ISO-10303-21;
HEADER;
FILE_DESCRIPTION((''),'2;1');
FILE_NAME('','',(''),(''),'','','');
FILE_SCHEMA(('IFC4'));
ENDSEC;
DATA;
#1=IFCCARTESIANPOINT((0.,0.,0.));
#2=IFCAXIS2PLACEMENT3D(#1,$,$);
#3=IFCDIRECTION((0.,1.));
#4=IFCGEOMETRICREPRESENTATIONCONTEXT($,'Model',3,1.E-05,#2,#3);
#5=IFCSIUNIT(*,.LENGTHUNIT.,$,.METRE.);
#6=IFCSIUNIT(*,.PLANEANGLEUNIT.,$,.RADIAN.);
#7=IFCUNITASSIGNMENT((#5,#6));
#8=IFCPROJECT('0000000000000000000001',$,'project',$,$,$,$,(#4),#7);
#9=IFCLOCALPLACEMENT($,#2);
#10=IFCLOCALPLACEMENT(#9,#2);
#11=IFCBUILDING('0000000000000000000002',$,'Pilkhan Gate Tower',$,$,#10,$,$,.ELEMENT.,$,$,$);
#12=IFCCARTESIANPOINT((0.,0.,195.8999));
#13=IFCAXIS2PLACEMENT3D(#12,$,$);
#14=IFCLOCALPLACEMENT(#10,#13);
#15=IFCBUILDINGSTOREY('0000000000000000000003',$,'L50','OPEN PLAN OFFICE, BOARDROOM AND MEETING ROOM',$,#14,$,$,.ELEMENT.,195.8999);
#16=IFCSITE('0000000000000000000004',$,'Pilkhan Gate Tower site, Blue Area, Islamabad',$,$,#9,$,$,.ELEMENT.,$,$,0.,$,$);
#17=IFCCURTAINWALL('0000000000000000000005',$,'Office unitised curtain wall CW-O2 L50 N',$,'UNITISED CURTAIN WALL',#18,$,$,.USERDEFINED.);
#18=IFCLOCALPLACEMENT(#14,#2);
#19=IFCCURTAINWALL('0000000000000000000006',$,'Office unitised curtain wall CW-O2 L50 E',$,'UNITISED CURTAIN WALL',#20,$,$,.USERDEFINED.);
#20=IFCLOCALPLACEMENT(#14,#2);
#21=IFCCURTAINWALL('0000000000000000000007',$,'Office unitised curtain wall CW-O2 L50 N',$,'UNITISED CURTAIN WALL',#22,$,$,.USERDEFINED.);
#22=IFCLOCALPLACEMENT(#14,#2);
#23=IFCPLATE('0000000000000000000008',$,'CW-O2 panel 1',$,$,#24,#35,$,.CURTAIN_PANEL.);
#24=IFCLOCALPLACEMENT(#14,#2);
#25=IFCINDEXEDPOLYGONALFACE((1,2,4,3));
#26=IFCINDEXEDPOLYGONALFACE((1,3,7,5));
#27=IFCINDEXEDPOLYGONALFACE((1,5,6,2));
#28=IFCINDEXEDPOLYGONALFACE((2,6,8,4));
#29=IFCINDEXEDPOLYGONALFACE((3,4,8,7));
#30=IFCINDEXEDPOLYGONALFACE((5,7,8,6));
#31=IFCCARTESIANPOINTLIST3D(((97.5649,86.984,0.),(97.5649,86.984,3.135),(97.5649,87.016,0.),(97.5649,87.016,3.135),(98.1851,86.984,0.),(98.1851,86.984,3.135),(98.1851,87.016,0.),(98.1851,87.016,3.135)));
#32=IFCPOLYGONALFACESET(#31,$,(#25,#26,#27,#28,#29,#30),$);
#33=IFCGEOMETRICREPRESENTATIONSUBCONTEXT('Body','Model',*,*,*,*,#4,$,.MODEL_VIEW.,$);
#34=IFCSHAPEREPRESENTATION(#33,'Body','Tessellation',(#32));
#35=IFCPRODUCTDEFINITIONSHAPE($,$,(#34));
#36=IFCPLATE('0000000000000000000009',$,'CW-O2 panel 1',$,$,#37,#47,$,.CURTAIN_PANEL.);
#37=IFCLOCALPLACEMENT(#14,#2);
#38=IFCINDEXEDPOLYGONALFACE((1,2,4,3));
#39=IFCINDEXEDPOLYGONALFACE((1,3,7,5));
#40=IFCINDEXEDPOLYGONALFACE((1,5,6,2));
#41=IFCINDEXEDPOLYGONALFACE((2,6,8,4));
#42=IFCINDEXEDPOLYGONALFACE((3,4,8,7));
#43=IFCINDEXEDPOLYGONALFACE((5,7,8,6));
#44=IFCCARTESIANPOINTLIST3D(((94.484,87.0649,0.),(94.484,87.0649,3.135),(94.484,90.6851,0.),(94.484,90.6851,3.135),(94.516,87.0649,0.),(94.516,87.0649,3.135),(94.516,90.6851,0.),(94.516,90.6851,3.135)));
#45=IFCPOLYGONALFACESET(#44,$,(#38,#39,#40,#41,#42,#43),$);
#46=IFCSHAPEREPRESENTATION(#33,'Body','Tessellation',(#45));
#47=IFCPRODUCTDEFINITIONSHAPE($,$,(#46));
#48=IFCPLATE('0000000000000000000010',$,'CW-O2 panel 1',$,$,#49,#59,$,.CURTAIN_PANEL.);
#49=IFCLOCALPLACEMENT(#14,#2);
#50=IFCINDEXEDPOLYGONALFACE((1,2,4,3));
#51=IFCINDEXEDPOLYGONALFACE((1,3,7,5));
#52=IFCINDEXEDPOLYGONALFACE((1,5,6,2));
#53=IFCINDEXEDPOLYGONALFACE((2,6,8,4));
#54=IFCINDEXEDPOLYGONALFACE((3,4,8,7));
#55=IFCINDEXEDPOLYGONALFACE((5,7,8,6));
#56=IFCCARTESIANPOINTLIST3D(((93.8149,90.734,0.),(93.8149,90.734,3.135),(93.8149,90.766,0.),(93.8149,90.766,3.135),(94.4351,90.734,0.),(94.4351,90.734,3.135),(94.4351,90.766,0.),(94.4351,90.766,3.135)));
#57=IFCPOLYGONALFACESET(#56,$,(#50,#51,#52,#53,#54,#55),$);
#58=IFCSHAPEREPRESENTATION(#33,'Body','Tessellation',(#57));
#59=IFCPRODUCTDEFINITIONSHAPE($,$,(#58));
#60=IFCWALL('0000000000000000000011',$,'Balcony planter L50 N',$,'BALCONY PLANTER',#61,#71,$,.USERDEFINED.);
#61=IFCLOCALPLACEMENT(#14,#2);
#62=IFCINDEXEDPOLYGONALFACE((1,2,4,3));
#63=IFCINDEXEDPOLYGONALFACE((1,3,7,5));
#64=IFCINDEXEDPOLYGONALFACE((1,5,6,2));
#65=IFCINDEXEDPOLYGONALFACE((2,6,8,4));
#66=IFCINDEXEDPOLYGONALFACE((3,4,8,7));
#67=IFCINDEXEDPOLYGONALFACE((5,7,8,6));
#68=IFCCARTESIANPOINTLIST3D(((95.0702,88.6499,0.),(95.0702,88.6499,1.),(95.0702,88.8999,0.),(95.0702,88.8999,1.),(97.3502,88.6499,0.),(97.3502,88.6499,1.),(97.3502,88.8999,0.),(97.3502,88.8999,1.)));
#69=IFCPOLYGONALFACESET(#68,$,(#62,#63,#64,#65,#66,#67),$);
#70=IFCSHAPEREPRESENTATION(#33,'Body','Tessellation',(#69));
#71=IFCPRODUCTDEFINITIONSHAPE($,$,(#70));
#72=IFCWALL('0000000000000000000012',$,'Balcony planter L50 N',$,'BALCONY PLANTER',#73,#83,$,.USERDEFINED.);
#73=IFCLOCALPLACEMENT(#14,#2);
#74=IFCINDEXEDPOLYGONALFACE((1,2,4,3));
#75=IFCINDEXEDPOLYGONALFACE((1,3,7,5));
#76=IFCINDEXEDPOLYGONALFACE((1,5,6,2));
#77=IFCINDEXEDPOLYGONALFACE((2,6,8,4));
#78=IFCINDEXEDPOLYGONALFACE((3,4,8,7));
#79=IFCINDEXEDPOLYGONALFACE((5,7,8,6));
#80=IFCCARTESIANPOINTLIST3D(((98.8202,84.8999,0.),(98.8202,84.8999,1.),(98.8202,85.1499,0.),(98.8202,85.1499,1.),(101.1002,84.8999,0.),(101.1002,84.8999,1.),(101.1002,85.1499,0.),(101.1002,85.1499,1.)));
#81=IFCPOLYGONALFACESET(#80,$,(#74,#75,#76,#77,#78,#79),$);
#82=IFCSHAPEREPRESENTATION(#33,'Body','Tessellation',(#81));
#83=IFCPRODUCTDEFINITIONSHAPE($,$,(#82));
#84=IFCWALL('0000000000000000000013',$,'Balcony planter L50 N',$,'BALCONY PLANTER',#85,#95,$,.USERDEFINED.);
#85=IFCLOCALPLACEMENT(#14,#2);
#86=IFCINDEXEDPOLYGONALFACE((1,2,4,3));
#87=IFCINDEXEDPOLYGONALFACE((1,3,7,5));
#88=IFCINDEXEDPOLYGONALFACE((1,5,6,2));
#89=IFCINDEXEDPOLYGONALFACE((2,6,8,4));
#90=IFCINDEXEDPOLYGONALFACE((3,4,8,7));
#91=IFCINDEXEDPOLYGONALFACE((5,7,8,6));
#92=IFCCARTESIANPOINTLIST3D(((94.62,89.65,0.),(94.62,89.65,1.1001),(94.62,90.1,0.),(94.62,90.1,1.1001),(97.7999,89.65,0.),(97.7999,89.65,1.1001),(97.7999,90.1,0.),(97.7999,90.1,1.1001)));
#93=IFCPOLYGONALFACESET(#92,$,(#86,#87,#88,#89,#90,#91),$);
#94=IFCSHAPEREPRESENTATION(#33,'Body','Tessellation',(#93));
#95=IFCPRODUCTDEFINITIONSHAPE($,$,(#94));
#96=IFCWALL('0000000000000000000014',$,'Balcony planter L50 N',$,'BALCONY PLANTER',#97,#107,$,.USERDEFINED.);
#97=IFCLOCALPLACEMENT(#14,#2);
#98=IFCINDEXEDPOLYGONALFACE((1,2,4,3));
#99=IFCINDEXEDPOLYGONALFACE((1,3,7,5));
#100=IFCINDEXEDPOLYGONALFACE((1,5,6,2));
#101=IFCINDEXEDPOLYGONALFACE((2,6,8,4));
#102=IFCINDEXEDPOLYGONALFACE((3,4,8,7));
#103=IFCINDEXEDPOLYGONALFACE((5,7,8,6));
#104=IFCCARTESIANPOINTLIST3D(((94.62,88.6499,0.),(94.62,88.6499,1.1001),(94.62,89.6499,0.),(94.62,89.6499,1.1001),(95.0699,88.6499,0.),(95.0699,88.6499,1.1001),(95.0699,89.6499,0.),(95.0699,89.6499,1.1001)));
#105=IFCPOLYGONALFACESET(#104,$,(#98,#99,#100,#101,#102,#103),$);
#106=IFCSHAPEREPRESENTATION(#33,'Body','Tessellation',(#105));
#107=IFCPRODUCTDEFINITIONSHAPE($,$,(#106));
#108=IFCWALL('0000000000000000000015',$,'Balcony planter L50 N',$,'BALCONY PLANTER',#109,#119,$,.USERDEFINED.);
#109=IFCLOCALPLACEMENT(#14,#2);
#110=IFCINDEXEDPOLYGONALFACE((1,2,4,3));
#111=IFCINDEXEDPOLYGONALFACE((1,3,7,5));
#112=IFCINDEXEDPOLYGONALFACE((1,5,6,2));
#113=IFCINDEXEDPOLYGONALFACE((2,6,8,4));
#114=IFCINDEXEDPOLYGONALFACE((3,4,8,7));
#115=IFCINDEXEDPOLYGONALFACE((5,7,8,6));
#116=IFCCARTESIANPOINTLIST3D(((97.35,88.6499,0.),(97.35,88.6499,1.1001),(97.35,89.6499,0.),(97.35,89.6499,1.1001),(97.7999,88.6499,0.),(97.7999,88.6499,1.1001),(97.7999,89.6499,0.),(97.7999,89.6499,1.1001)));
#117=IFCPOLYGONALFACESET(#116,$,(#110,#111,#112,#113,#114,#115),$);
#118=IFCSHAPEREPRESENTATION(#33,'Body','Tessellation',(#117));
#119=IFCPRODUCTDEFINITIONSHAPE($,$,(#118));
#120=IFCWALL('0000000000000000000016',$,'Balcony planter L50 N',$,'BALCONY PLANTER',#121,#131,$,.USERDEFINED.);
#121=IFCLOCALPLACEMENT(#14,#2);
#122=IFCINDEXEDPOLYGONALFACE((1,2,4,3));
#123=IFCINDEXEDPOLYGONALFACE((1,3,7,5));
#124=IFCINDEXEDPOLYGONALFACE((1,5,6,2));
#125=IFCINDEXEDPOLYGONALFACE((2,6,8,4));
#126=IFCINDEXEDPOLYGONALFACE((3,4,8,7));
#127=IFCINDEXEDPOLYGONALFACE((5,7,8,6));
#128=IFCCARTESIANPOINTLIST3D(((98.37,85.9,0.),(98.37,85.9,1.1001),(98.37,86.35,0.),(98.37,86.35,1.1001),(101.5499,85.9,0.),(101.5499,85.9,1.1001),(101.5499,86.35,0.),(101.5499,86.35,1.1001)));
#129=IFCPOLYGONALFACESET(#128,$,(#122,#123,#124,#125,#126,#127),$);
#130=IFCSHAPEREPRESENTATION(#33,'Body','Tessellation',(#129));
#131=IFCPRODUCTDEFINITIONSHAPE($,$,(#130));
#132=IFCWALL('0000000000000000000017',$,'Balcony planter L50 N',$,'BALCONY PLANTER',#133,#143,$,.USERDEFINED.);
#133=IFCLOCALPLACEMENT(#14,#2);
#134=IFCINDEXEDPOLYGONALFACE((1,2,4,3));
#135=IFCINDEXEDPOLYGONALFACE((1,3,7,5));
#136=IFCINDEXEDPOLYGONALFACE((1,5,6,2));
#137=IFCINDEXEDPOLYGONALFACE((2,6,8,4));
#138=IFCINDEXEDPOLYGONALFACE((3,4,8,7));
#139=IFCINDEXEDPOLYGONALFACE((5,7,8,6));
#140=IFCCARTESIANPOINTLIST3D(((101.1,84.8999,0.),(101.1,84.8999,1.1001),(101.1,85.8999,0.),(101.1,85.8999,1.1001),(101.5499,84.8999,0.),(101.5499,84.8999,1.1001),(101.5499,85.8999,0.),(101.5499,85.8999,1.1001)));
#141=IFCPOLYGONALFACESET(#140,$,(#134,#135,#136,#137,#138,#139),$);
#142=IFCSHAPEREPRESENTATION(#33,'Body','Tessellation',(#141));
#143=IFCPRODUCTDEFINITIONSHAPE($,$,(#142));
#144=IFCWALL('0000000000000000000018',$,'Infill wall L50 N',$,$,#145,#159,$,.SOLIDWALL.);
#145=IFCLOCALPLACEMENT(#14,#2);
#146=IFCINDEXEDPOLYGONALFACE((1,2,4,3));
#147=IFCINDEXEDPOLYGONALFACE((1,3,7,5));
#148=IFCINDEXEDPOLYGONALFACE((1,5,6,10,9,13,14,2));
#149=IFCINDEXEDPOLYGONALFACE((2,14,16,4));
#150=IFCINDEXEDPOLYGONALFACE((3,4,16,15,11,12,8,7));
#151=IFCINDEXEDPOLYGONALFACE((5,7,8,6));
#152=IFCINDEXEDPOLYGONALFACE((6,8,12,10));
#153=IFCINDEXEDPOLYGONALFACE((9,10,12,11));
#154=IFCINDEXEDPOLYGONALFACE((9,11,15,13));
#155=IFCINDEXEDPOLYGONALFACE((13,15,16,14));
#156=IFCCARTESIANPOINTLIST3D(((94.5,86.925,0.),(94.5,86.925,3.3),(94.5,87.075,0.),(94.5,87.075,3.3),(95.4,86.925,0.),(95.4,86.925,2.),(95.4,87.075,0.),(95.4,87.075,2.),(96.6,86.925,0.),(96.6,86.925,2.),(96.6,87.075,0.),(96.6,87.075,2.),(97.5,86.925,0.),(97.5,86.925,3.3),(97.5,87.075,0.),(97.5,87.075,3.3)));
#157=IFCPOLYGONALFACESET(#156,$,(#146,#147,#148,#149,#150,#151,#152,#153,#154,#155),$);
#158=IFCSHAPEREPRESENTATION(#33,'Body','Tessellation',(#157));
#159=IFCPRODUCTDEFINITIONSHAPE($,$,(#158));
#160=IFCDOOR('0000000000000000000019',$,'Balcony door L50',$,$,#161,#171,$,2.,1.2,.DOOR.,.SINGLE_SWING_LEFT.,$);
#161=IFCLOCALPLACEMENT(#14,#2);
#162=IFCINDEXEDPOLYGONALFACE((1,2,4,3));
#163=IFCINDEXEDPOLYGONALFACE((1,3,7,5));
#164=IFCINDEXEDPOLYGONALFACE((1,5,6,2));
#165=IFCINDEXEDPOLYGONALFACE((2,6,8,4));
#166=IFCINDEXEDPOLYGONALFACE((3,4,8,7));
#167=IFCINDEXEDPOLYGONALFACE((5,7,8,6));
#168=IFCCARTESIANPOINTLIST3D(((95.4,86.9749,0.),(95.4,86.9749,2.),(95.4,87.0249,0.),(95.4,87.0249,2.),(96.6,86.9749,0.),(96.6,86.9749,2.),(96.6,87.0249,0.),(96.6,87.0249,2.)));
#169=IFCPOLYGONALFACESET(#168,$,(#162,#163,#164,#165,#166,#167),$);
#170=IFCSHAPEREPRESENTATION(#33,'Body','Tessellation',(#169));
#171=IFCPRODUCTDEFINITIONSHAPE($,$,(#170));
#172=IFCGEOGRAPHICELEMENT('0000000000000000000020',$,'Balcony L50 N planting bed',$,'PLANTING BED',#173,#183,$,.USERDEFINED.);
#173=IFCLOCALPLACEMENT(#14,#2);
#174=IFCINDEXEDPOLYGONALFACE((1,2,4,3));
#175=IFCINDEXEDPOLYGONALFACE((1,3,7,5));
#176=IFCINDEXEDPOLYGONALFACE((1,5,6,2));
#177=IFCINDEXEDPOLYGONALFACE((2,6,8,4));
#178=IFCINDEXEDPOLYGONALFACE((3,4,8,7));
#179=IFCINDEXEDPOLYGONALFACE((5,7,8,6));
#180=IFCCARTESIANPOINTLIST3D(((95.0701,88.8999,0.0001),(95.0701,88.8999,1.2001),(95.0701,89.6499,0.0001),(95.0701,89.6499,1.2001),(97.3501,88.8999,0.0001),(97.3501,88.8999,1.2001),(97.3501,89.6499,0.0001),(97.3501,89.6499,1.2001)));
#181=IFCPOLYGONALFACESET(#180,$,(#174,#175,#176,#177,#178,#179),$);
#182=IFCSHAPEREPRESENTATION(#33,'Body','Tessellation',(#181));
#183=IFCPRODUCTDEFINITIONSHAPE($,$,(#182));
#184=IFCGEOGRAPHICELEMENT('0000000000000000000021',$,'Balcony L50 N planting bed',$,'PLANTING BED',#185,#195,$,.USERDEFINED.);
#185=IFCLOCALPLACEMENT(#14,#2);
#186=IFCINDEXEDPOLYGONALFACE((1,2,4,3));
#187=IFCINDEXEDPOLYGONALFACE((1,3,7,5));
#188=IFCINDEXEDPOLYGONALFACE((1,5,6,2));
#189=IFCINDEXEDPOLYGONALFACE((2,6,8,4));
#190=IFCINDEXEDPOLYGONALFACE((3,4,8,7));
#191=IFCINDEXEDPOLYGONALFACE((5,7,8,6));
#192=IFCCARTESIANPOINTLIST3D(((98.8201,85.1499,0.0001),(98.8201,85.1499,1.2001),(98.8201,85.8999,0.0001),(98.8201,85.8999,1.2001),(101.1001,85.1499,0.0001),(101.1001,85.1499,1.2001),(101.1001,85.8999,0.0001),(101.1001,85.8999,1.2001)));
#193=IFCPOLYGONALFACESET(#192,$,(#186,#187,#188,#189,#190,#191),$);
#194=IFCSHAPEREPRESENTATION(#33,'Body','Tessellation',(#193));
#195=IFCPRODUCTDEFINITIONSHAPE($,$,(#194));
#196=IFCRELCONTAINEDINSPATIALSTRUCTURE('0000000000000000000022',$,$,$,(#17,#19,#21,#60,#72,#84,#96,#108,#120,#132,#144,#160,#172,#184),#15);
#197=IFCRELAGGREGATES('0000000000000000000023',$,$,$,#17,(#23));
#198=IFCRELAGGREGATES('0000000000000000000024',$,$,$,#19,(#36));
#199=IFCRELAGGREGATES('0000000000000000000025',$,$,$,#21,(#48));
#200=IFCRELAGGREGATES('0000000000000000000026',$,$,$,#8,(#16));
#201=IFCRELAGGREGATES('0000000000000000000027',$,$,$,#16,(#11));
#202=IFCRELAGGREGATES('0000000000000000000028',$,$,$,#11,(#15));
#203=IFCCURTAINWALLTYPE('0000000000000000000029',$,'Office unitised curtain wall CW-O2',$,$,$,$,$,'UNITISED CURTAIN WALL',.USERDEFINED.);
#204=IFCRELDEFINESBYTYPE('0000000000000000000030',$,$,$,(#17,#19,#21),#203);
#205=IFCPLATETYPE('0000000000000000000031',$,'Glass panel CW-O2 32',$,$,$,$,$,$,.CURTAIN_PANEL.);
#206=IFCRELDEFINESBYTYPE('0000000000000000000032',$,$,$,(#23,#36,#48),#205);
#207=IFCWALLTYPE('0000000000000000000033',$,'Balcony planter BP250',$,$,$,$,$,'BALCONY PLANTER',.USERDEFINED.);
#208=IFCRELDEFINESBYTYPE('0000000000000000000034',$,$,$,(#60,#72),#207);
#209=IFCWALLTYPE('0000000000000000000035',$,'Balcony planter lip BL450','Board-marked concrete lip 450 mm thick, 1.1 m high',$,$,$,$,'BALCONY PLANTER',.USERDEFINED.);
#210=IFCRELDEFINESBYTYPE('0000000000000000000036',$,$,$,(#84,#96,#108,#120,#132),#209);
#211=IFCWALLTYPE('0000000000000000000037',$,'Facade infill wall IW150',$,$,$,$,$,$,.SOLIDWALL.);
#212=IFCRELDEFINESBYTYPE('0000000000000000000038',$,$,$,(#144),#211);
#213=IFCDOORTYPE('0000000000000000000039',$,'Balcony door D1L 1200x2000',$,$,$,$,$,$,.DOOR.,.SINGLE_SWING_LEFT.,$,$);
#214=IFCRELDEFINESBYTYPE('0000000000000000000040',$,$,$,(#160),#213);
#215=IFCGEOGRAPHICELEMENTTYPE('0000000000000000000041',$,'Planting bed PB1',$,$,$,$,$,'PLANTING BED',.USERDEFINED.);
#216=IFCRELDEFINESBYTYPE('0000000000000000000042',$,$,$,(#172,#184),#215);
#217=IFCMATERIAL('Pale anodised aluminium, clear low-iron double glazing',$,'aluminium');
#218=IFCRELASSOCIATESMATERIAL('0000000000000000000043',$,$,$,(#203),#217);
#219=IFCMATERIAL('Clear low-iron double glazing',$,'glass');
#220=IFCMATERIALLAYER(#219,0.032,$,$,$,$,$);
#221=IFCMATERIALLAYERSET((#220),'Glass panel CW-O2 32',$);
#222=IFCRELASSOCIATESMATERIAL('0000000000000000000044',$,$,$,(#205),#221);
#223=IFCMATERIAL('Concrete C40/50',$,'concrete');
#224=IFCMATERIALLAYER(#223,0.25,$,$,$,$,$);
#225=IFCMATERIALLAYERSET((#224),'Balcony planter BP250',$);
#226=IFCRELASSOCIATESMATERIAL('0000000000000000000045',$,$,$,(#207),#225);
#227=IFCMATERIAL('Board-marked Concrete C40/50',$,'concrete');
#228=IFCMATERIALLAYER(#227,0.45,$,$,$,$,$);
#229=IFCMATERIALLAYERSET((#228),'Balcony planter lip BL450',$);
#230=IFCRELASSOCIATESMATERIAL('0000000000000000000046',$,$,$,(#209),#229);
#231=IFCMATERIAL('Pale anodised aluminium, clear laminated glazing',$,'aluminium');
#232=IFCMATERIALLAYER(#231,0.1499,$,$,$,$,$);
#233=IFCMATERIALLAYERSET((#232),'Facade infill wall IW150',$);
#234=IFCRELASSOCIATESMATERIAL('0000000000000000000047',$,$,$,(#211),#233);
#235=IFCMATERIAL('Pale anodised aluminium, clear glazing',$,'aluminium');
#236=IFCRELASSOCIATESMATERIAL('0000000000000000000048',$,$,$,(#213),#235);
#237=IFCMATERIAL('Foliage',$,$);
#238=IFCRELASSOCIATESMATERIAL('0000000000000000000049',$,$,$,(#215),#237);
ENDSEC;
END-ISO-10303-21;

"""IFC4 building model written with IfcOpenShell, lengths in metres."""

from ifc_helpers import new_model, si_unit, direction, frame, frame_2d, origin, origin_2d, place, context, subcontext, project, spatial, rectangle, extrude, material, layer, layer_set, material_profile, profile_set, type_object, element, fill, aggregate, save


model = new_model("IFC4")

# Units and contexts
model_context = context("Model", 3, precision=1e-05, world=origin(), true_north=direction((0.0, 1.0)))
body_context = subcontext(model_context, "Body", "Model", "MODEL_VIEW")
ifc_project = project(units=[si_unit("LENGTHUNIT", "METRE"), si_unit("PLANEANGLEUNIT", "RADIAN")], contexts=[model_context])

# Site, building, storey
site_placement = place(None, origin())
site = spatial("IfcSite", under=ifc_project, at=site_placement, Name="Pilkhan Gate Tower site, Blue Area, Islamabad", CompositionType="ELEMENT", RefElevation=0.0)
building_placement = place(site_placement, origin())
building = spatial("IfcBuilding", under=site, at=building_placement, Name="Pilkhan Gate Tower", CompositionType="ELEMENT")
storey_placement = place(building_placement, frame((0.0, 0.0, 195.8999)))
storey = spatial("IfcBuildingStorey", under=building, at=storey_placement, Name="L50", Description="OPEN PLAN OFFICE, BOARDROOM AND MEETING ROOM", CompositionType="ELEMENT", Elevation=195.8999)

# Shared definitions
ifc_material_1 = material(Name="Pale anodised aluminium, clear low-iron double glazing", Category="aluminium")
curtain_wall_type = type_object("IfcCurtainWallType", Name="Office unitised curtain wall CW-O2", ElementType="UNITISED CURTAIN WALL", PredefinedType="USERDEFINED", material=ifc_material_1)

# Curtain walls
curtain_wall_1_placement = place(storey_placement, origin())
curtain_wall_1 = element("IfcCurtainWall", 1, at=curtain_wall_1_placement, inside=storey, type_object=curtain_wall_type, Name="Office unitised curtain wall CW-O2 L50 N", ObjectType="UNITISED CURTAIN WALL", PredefinedType="USERDEFINED")
curtain_wall_2_placement = place(storey_placement, origin())
curtain_wall_2 = element("IfcCurtainWall", 2, at=curtain_wall_2_placement, inside=storey, type_object=curtain_wall_type, Name="Office unitised curtain wall CW-O2 L50 E", ObjectType="UNITISED CURTAIN WALL", PredefinedType="USERDEFINED")

# Curtain wall
curtain_wall_3_placement = place(storey_placement, origin())
curtain_wall_3 = element("IfcCurtainWall", 3, at=curtain_wall_3_placement, inside=storey, type_object=curtain_wall_type, Name="Office unitised curtain wall CW-O2 L50 N", ObjectType="UNITISED CURTAIN WALL", PredefinedType="USERDEFINED")

# Plates
ifc_material_2 = material(Name="Clear low-iron double glazing", Category="glass")
ifc_layer_1 = layer(ifc_material_2, 0.032)
ifc_layer_set_1 = layer_set([ifc_layer_1], Name="Glass panel CW-O2 32")
plate_type = type_object("IfcPlateType", Name="Glass panel CW-O2 32", PredefinedType="CURTAIN_PANEL", material=ifc_layer_set_1)
plate_1_placement = place(storey_placement, frame((97.875, 87.0, 0.0), z_axis=(0.0, 0.0, 1.0), x_axis=(1.0, 0.0, 0.0)))
plate_1 = element("IfcPlate", 4, at=plate_1_placement, type_object=plate_type, Name="CW-O2 panel 1", PredefinedType="CURTAIN_PANEL", context=body_context, shape_type="SweptSolid", body=[
    extrude(rectangle(XDim=0.6201, YDim=0.032, at=origin_2d()), origin(), (0.0, 0.0, 1.0), 3.135),
])
aggregate(curtain_wall_1, [plate_1])
plate_2_placement = place(storey_placement, frame((94.5, 88.875, 0.0), z_axis=(0.0, 0.0, 1.0), x_axis=(0.0, 1.0, 0.0)))
plate_2 = element("IfcPlate", 5, at=plate_2_placement, type_object=plate_type, Name="CW-O2 panel 1", PredefinedType="CURTAIN_PANEL", context=body_context, shape_type="SweptSolid", body=[
    extrude(rectangle(XDim=3.6201, YDim=0.032, at=origin_2d()), origin(), (0.0, 0.0, 1.0), 3.135),
])
aggregate(curtain_wall_2, [plate_2])
plate_3_placement = place(storey_placement, frame((94.125, 90.75, 0.0), z_axis=(0.0, 0.0, 1.0), x_axis=(1.0, 0.0, 0.0)))
plate_3 = element("IfcPlate", 6, at=plate_3_placement, type_object=plate_type, Name="CW-O2 panel 1", PredefinedType="CURTAIN_PANEL", context=body_context, shape_type="SweptSolid", body=[
    extrude(rectangle(XDim=0.6201, YDim=0.032, at=origin_2d()), origin(), (0.0, 0.0, 1.0), 3.135),
])
aggregate(curtain_wall_3, [plate_3])

# Walls
ifc_material_3 = material(Name="Concrete C40/50", Category="concrete")
ifc_layer_2 = layer(ifc_material_3, 0.25)
ifc_layer_set_2 = layer_set([ifc_layer_2], Name="Balcony planter BP250")
wall_type_1 = type_object("IfcWallType", Name="Balcony planter BP250", ElementType="BALCONY PLANTER", PredefinedType="USERDEFINED", material=ifc_layer_set_2)
for number, where, z_axis, x_axis, name in (
    (7, (95.0701, 88.7749, 0.0), (0.0, 0.0, 1.0), (1.0, 0.0, 0.0), "Balcony planter L50 N"),
    (8, (98.8201, 85.0249, 0.0), (0.0, 0.0, 1.0), (1.0, 0.0, 0.0), "Balcony planter L50 N"),
):
    element("IfcWall", number, at=place(storey_placement, frame(where, z_axis=z_axis, x_axis=x_axis)), inside=storey, type_object=wall_type_1, Name=name, ObjectType="BALCONY PLANTER", PredefinedType="USERDEFINED", context=body_context, shape_type="SweptSolid", body=[
        extrude(rectangle(XDim=2.28, YDim=0.25, at=frame_2d((1.1401, 0.0))), origin(), (0.0, 0.0, 1.0), 1.0),
    ])
ifc_material_4 = material(Name="Board-marked Concrete C40/50", Category="concrete")
ifc_layer_3 = layer(ifc_material_4, 0.45)
ifc_layer_set_3 = layer_set([ifc_layer_3], Name="Balcony planter lip BL450")
wall_type_2 = type_object("IfcWallType", Name="Balcony planter lip BL450", Description="Board-marked concrete lip 450 mm thick, 1.1 m high", ElementType="BALCONY PLANTER", PredefinedType="USERDEFINED", material=ifc_layer_set_3)
wall_1_placement = place(storey_placement, frame((94.6201, 89.875, 0.0), z_axis=(0.0, 0.0, 1.0), x_axis=(1.0, 0.0, 0.0)))
element("IfcWall", 9, at=wall_1_placement, inside=storey, type_object=wall_type_2, Name="Balcony planter L50 N", ObjectType="BALCONY PLANTER", PredefinedType="USERDEFINED", context=body_context, shape_type="SweptSolid", body=[
    extrude(rectangle(XDim=3.1799, YDim=0.45, at=frame_2d((1.5898, 0.0))), origin(), (0.0, 0.0, 1.0), 1.1001),
])
for number, where, z_axis, x_axis, name in (
    (10, (94.845, 88.6499, 0.0), (0.0, 0.0, 1.0), (0.0, 1.0, 0.0), "Balcony planter L50 N"),
    (11, (97.575, 88.6499, 0.0), (0.0, 0.0, 1.0), (0.0, 1.0, 0.0), "Balcony planter L50 N"),
):
    element("IfcWall", number, at=place(storey_placement, frame(where, z_axis=z_axis, x_axis=x_axis)), inside=storey, type_object=wall_type_2, Name=name, ObjectType="BALCONY PLANTER", PredefinedType="USERDEFINED", context=body_context, shape_type="SweptSolid", body=[
        extrude(rectangle(XDim=1.0, YDim=0.45, at=frame_2d((0.5, 0.0))), origin(), (0.0, 0.0, 1.0), 1.1001),
    ])
wall_2_placement = place(storey_placement, frame((98.3701, 86.125, 0.0), z_axis=(0.0, 0.0, 1.0), x_axis=(1.0, 0.0, 0.0)))
element("IfcWall", 12, at=wall_2_placement, inside=storey, type_object=wall_type_2, Name="Balcony planter L50 N", ObjectType="BALCONY PLANTER", PredefinedType="USERDEFINED", context=body_context, shape_type="SweptSolid", body=[
    extrude(rectangle(XDim=3.1799, YDim=0.45, at=frame_2d((1.5898, 0.0))), origin(), (0.0, 0.0, 1.0), 1.1001),
])
wall_3_placement = place(storey_placement, frame((101.325, 84.8999, 0.0), z_axis=(0.0, 0.0, 1.0), x_axis=(0.0, 1.0, 0.0)))
element("IfcWall", 13, at=wall_3_placement, inside=storey, type_object=wall_type_2, Name="Balcony planter L50 N", ObjectType="BALCONY PLANTER", PredefinedType="USERDEFINED", context=body_context, shape_type="SweptSolid", body=[
    extrude(rectangle(XDim=1.0, YDim=0.45, at=frame_2d((0.5, 0.0))), origin(), (0.0, 0.0, 1.0), 1.1001),
])

# Wall, opening, door
ifc_material_5 = material(Name="Pale anodised aluminium, clear laminated glazing", Category="aluminium")
ifc_layer_4 = layer(ifc_material_5, 0.1499)
ifc_layer_set_4 = layer_set([ifc_layer_4], Name="Facade infill wall IW150")
wall_type_3 = type_object("IfcWallType", Name="Facade infill wall IW150", PredefinedType="SOLIDWALL", material=ifc_layer_set_4)
wall_4_placement = place(storey_placement, frame((94.5, 87.0, 0.0), z_axis=(0.0, 0.0, 1.0), x_axis=(1.0, 0.0, 0.0)))
wall_4 = element("IfcWall", 14, at=wall_4_placement, inside=storey, type_object=wall_type_3, Name="Infill wall L50 N", PredefinedType="SOLIDWALL", context=body_context, shape_type="SweptSolid", body=[
    extrude(rectangle(XDim=3.0, YDim=0.1499, at=frame_2d((1.5, 0.0))), origin(), (0.0, 0.0, 1.0), 3.3),
])
opening_placement = place(wall_4_placement, frame((0.8999, 0.0, 0.0)))
opening = element("IfcOpeningElement", 15, at=opening_placement, cuts=wall_4, PredefinedType="OPENING", context=body_context, shape_type="SweptSolid", body=[
    extrude(rectangle(XDim=1.2, YDim=2.0, at=frame_2d((0.6001, 1.0))), frame((0.0, 0.085, 0.0), z_axis=(0.0, -1.0, 0.0), x_axis=(1.0, 0.0, 0.0)), (0.0, 0.0, 1.0), 0.1699),
])
ifc_material_6 = material(Name="Pale anodised aluminium, clear glazing", Category="aluminium")
door_type = type_object("IfcDoorType", Name="Balcony door D1L 1200x2000", OperationType="SINGLE_SWING_LEFT", PredefinedType="DOOR", material=ifc_material_6)
door_placement = place(opening_placement, origin())
door = element("IfcDoor", 16, at=door_placement, inside=storey, type_object=door_type, Name="Balcony door L50", OperationType="SINGLE_SWING_LEFT", OverallHeight=2.0, OverallWidth=1.2, PredefinedType="DOOR", context=body_context, shape_type="SweptSolid", body=[
    extrude(rectangle(XDim=1.2, YDim=2.0, at=frame_2d((0.6001, 1.0))), frame((0.0, 0.0249, 0.0), z_axis=(0.0, -1.0, 0.0), x_axis=(1.0, 0.0, 0.0)), (0.0, 0.0, 1.0), 0.05),
])
fill(opening, door)

# Geographic elements
ifc_material_7 = material(Name="Foliage")
ifc_material_profile_1 = material_profile(ifc_material_7, rectangle(XDim=0.75, YDim=1.2, at=origin_2d()), Name="Bed 750x1200")
ifc_profile_set_1 = profile_set([ifc_material_profile_1], Name="Foliage")
geographic_element_type_1 = type_object("IfcGeographicElementType", Name="Planting bed PB1", ElementType="PLANTING BED", PredefinedType="USERDEFINED", material=ifc_profile_set_1)
for number, where, z_axis, x_axis, name in (
    (17, (95.0701, 89.2749, 0.6001), (1.0, 0.0, 0.0), (0.0, 1.0, 0.0), "Balcony L50 N planting bed"),
    (18, (98.8201, 85.5249, 0.6001), (1.0, 0.0, 0.0), (0.0, 1.0, 0.0), "Balcony L50 N planting bed"),
):
    element("IfcGeographicElement", number, at=place(storey_placement, frame(where, z_axis=z_axis, x_axis=x_axis)), inside=storey, type_object=geographic_element_type_1, Name=name, ObjectType="PLANTING BED", PredefinedType="USERDEFINED", context=body_context, shape_type="SweptSolid", body=[
        extrude(rectangle(XDim=0.75, YDim=1.2, at=origin_2d()), origin(), (0.0, 0.0, 1.0), 2.28),
    ])

save(model, "model.ifc")
